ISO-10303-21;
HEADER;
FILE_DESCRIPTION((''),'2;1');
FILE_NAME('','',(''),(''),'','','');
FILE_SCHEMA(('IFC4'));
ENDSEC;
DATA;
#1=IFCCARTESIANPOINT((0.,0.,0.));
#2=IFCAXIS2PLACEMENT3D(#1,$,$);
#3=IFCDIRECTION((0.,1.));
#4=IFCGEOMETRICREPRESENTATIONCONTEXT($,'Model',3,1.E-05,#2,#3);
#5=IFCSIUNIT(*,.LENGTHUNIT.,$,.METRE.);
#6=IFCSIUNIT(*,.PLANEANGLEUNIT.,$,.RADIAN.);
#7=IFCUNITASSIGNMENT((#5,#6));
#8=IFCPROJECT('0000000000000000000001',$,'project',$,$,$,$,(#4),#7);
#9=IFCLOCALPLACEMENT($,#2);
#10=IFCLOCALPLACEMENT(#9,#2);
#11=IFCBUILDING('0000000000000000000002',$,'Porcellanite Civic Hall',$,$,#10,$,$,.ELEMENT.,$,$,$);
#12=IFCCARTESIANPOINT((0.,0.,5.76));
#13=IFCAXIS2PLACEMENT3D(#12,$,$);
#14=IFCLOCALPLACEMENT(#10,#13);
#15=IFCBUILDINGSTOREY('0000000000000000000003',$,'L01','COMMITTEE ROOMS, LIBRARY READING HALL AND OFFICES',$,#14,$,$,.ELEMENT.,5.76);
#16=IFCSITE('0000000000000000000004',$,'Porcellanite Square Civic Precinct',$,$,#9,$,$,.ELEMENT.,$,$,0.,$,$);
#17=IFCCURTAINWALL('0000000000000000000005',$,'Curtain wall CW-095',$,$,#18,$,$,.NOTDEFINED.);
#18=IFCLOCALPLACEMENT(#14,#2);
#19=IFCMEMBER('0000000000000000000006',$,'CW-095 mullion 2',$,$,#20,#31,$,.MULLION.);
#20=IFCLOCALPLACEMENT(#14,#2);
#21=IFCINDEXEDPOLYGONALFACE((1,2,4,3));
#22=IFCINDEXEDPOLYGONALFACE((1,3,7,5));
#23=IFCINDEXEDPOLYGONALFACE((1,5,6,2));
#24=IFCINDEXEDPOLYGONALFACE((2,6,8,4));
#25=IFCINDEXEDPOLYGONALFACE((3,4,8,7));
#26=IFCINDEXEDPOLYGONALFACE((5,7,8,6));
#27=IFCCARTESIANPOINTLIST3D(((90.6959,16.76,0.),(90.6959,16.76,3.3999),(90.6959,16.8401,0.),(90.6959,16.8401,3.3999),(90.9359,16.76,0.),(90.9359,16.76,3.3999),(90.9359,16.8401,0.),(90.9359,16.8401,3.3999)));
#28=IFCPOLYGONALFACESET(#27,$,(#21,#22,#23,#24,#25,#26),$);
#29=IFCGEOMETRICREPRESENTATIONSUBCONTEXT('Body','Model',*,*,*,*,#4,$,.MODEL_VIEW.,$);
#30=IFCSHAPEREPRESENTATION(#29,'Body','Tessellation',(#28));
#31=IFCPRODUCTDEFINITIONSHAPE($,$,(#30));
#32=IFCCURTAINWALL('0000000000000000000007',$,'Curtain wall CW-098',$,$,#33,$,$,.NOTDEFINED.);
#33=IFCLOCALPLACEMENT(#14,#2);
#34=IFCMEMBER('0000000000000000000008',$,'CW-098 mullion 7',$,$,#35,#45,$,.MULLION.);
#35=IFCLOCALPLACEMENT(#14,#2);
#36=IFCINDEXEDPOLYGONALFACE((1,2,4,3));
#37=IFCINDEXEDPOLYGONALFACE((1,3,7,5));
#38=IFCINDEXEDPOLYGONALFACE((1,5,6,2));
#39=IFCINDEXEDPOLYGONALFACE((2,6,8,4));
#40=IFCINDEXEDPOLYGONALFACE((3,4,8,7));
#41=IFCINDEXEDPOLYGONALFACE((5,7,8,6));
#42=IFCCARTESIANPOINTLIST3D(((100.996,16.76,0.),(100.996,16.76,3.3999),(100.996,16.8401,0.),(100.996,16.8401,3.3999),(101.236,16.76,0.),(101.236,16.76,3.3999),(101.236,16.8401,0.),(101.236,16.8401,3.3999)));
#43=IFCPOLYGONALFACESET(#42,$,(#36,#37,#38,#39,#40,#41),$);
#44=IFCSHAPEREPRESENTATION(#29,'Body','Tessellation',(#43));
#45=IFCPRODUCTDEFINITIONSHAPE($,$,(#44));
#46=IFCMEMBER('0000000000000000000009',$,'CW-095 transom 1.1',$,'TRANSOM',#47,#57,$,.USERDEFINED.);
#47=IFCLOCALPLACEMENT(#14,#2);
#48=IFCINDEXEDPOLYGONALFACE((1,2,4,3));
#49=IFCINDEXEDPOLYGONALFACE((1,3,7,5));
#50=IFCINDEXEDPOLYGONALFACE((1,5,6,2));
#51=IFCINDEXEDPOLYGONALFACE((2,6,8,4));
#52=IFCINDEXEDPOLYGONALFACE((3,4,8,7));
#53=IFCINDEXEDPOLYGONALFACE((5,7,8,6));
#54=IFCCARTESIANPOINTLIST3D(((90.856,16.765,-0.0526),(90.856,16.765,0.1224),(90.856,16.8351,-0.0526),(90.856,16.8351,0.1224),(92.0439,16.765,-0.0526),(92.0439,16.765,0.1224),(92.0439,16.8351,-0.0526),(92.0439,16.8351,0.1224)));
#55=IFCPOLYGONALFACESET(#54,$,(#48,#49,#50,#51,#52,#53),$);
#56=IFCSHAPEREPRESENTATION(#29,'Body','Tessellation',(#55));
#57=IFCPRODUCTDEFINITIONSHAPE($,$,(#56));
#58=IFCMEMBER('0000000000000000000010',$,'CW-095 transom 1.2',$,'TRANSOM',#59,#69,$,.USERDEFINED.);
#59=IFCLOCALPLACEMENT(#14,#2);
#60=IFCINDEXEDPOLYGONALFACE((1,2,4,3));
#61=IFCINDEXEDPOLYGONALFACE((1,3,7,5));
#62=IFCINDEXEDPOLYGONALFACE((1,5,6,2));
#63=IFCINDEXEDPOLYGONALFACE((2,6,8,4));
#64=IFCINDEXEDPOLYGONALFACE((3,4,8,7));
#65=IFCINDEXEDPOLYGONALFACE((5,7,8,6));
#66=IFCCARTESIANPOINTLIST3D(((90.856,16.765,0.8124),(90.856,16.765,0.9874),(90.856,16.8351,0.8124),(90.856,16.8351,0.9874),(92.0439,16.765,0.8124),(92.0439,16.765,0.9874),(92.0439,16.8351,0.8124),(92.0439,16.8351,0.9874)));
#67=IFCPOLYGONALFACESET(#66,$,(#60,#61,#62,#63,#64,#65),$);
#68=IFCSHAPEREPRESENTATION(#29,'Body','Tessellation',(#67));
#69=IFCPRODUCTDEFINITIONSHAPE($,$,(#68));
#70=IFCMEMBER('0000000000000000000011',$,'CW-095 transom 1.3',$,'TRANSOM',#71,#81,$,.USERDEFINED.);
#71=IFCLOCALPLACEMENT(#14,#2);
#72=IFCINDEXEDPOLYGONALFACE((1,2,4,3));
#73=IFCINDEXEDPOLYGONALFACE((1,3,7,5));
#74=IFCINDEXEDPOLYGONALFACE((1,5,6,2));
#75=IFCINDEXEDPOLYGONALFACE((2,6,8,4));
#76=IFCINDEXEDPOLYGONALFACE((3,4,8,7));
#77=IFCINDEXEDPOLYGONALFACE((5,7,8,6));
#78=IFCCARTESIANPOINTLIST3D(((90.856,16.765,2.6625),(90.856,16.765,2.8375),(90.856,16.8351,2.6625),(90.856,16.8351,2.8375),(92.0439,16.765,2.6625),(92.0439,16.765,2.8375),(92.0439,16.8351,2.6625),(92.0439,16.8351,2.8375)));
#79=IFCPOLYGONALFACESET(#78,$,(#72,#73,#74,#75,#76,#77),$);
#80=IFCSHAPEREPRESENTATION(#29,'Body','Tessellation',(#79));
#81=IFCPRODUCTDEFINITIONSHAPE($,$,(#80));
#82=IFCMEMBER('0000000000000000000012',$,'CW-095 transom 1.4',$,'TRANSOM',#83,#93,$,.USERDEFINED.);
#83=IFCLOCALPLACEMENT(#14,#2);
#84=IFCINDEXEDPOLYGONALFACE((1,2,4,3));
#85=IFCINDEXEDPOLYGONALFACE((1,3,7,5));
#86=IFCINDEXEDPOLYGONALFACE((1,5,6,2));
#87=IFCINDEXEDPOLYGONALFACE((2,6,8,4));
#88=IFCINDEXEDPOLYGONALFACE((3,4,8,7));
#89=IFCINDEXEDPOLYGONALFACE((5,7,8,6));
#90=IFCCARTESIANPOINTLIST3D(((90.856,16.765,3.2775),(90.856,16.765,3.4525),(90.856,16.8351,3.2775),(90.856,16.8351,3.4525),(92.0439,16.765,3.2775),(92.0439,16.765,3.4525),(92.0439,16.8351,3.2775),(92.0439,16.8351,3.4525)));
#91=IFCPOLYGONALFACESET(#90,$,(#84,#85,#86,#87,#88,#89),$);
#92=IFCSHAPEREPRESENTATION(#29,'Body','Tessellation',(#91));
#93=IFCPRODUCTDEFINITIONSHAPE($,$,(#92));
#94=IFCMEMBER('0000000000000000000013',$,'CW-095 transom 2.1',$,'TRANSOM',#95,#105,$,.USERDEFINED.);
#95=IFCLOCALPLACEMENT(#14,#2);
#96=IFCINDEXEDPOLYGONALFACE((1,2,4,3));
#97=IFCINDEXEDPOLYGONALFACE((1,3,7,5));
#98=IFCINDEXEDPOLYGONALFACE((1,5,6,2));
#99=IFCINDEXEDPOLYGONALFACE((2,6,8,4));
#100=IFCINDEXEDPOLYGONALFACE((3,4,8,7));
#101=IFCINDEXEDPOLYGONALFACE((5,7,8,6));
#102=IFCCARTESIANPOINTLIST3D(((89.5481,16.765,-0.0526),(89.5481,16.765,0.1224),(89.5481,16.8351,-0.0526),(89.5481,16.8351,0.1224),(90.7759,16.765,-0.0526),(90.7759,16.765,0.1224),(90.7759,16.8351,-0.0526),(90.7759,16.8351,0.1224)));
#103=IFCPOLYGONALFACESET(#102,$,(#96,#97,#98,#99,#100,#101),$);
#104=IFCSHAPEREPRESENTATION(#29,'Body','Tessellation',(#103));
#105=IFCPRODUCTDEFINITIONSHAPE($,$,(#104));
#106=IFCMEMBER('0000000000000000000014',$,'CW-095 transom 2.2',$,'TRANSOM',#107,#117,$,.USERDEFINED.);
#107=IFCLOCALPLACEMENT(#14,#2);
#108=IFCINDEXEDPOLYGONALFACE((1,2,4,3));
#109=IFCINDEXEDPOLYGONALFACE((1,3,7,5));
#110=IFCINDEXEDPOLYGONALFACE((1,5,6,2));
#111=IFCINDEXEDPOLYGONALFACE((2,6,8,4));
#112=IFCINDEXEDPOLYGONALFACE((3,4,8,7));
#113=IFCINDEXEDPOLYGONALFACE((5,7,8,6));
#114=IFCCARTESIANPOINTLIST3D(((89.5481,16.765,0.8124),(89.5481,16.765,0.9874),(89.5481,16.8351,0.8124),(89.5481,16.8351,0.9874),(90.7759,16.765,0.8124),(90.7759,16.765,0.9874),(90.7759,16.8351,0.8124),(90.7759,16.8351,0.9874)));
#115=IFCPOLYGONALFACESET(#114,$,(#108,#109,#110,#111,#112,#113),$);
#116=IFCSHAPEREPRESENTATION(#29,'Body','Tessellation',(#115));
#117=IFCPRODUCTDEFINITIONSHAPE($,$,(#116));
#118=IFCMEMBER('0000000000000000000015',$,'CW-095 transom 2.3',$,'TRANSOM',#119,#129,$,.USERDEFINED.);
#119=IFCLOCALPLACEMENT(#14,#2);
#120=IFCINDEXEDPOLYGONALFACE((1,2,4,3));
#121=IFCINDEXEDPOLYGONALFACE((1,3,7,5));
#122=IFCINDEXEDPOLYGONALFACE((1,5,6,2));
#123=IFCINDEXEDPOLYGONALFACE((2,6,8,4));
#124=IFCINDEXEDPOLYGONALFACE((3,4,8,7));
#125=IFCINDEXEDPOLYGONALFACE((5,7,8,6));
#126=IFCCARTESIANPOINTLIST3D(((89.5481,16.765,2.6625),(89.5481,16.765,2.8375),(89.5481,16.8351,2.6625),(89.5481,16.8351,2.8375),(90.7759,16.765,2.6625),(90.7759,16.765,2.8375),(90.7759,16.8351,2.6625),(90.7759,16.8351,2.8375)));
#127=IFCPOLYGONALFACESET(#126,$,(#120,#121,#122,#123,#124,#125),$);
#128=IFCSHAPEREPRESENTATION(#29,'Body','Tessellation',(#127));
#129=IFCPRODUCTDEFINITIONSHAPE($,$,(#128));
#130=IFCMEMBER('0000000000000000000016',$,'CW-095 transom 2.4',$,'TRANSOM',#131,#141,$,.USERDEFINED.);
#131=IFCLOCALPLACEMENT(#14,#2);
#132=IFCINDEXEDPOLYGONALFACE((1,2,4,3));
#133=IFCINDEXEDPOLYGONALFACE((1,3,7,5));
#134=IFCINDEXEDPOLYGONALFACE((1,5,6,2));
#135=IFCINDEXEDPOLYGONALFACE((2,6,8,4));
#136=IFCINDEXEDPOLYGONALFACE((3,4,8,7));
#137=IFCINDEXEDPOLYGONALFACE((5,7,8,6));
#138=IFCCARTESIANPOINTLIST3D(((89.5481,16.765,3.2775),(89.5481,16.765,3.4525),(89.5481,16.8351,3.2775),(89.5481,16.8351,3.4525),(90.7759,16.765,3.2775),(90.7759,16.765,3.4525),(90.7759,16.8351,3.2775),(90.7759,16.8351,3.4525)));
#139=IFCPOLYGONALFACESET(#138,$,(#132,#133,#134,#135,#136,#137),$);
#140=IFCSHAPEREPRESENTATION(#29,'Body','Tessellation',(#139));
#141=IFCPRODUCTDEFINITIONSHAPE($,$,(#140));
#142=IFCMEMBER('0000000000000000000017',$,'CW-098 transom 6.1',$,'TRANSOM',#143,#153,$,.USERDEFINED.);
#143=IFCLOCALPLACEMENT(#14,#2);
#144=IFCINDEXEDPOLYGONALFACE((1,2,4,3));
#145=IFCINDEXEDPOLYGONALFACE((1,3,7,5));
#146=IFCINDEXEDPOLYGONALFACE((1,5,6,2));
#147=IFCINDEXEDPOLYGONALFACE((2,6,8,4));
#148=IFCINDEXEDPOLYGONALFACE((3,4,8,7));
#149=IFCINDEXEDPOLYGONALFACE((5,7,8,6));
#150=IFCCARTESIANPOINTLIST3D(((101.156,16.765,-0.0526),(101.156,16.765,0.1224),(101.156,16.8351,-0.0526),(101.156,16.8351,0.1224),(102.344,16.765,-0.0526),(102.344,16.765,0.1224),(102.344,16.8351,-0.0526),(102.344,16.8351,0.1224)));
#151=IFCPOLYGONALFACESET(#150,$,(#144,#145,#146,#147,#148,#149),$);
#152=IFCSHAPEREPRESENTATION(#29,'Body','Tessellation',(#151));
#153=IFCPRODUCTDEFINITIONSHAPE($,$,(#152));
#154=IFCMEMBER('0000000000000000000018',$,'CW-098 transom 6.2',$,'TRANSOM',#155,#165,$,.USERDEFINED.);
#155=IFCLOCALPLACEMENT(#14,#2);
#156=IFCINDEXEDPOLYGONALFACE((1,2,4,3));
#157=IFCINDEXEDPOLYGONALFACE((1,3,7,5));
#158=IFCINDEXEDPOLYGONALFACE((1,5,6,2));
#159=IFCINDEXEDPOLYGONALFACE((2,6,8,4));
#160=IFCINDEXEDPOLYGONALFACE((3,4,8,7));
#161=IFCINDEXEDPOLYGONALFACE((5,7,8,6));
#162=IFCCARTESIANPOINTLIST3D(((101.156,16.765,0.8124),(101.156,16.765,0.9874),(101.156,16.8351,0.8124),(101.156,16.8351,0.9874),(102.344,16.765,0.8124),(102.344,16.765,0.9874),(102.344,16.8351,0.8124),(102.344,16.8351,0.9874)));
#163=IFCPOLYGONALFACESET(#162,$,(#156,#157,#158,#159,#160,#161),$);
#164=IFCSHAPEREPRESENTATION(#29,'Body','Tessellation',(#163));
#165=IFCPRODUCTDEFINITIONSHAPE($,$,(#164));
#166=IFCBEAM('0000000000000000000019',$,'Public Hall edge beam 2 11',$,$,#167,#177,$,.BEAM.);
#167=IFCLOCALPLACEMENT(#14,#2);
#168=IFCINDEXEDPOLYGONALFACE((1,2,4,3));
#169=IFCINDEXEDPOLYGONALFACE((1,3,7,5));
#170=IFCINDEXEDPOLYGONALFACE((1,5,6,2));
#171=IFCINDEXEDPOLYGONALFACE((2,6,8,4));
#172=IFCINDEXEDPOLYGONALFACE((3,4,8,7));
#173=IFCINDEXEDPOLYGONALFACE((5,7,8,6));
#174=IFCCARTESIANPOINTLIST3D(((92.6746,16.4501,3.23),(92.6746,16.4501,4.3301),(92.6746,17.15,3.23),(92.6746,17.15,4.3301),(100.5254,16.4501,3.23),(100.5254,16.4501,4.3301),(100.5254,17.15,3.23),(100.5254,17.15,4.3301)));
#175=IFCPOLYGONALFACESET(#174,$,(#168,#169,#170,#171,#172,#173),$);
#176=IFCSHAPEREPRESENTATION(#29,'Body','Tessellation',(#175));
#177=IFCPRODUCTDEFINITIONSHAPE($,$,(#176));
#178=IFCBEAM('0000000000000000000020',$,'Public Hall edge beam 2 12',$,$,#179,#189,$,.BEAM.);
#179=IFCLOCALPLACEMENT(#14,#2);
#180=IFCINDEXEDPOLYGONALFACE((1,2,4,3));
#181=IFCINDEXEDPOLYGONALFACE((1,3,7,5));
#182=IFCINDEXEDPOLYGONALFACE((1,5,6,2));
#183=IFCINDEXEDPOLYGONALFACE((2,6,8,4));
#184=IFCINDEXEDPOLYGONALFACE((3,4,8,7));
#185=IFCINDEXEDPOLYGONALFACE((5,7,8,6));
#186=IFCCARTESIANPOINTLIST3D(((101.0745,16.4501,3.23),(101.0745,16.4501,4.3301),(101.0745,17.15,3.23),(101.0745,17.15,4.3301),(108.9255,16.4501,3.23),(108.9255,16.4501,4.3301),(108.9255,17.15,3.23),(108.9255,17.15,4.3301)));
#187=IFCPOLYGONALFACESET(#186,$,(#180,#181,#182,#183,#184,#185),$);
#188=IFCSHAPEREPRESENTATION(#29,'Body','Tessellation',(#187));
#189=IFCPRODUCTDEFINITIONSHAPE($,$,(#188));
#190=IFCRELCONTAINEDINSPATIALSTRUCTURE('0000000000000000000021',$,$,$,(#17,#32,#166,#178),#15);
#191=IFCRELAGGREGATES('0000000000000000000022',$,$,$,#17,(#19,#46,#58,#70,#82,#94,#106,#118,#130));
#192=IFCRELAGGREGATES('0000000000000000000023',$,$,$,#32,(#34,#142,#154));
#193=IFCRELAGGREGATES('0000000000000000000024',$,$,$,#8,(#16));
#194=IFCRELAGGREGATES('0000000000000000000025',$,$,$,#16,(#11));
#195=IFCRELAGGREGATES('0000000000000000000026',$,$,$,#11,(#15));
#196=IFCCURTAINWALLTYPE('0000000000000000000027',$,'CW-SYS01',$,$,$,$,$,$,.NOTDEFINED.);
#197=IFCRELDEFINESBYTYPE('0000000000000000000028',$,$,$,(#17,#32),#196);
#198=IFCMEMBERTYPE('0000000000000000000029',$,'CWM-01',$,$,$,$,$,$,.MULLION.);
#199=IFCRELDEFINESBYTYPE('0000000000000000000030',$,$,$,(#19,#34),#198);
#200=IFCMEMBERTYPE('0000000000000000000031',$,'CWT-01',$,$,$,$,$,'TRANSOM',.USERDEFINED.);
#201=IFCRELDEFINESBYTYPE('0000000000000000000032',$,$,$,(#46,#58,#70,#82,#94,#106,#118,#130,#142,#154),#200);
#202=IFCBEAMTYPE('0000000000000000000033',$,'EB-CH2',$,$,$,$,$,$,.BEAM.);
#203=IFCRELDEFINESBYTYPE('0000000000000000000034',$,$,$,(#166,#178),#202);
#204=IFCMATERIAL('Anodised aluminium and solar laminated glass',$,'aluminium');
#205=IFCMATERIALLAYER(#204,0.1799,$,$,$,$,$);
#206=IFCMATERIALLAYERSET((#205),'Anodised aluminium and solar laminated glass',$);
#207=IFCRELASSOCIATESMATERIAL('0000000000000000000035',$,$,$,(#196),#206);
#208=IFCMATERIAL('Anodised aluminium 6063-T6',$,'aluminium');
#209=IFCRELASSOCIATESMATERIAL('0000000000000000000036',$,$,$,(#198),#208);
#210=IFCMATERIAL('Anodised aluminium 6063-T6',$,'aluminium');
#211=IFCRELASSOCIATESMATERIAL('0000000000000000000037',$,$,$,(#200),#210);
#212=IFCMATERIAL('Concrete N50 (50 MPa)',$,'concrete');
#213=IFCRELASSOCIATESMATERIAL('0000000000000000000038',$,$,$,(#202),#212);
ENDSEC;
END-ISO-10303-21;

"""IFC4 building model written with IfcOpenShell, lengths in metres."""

from ifc_helpers import new_model, si_unit, direction, frame, origin, origin_2d, place, context, subcontext, project, spatial, rectangle, extrude, material, layer, layer_set, material_profile, profile_set, type_object, element, aggregate, save


model = new_model("IFC4")

# Units and contexts
model_context = context("Model", 3, precision=1e-05, world=origin(), true_north=direction((0.0, 1.0)))
body_context = subcontext(model_context, "Body", "Model", "MODEL_VIEW")
ifc_project = project(units=[si_unit("LENGTHUNIT", "METRE"), si_unit("PLANEANGLEUNIT", "RADIAN")], contexts=[model_context])

# Site, building, storey
site_placement = place(None, origin())
site = spatial("IfcSite", under=ifc_project, at=site_placement, Name="Porcellanite Square Civic Precinct", CompositionType="ELEMENT", RefElevation=0.0)
building_placement = place(site_placement, origin())
building = spatial("IfcBuilding", under=site, at=building_placement, Name="Porcellanite Civic Hall", CompositionType="ELEMENT")
storey_placement = place(building_placement, frame((0.0, 0.0, 5.76)))
storey = spatial("IfcBuildingStorey", under=building, at=storey_placement, Name="L01", Description="COMMITTEE ROOMS, LIBRARY READING HALL AND OFFICES", CompositionType="ELEMENT", Elevation=5.76)

# Curtain wall, member
ifc_material_1 = material(Name="Anodised aluminium and solar laminated glass", Category="aluminium")
ifc_layer_1 = layer(ifc_material_1, 0.1799)
ifc_layer_set_1 = layer_set([ifc_layer_1], Name="Anodised aluminium and solar laminated glass")
curtain_wall_type = type_object("IfcCurtainWallType", Name="CW-SYS01", PredefinedType="NOTDEFINED", material=ifc_layer_set_1)
curtain_wall_1_placement = place(storey_placement, origin())
curtain_wall_1 = element("IfcCurtainWall", 1, at=curtain_wall_1_placement, inside=storey, type_object=curtain_wall_type, Name="Curtain wall CW-095", PredefinedType="NOTDEFINED")
ifc_material_2 = material(Name="Anodised aluminium 6063-T6", Category="aluminium")
ifc_material_profile_1 = material_profile(ifc_material_2, rectangle(XDim=0.0801, YDim=0.24, at=origin_2d()), Name="AL-80x240")
ifc_profile_set_1 = profile_set([ifc_material_profile_1], Name="Anodised aluminium 6063-T6")
member_type_1 = type_object("IfcMemberType", Name="CWM-01", PredefinedType="MULLION", material=ifc_profile_set_1)
member_1_placement = place(storey_placement, frame((90.8159, 16.8, 0.0), z_axis=(0.0, 0.0, 1.0), x_axis=(0.0, -1.0, 0.0)))
member_1 = element("IfcMember", 2, at=member_1_placement, type_object=member_type_1, Name="CW-095 mullion 2", PredefinedType="MULLION", context=body_context, shape_type="SweptSolid", body=[
    extrude(rectangle(XDim=0.0801, YDim=0.24, at=origin_2d()), origin(), (0.0, 0.0, 1.0), 3.3999),
])

# Curtain wall, member
curtain_wall_2_placement = place(storey_placement, origin())
curtain_wall_2 = element("IfcCurtainWall", 3, at=curtain_wall_2_placement, inside=storey, type_object=curtain_wall_type, Name="Curtain wall CW-098", PredefinedType="NOTDEFINED")
member_2_placement = place(storey_placement, frame((101.116, 16.8, 0.0), z_axis=(0.0, 0.0, 1.0), x_axis=(0.0, -1.0, 0.0)))
member_2 = element("IfcMember", 4, at=member_2_placement, type_object=member_type_1, Name="CW-098 mullion 7", PredefinedType="MULLION", context=body_context, shape_type="SweptSolid", body=[
    extrude(rectangle(XDim=0.0801, YDim=0.24, at=origin_2d()), origin(), (0.0, 0.0, 1.0), 3.3999),
])

# Members
ifc_material_3 = material(Name="Anodised aluminium 6063-T6", Category="aluminium")
ifc_material_profile_2 = material_profile(ifc_material_3, rectangle(XDim=0.0701, YDim=0.175, at=origin_2d()), Name="AL-70x175")
ifc_profile_set_2 = profile_set([ifc_material_profile_2], Name="Anodised aluminium 6063-T6")
member_type_2 = type_object("IfcMemberType", Name="CWT-01", ElementType="TRANSOM", PredefinedType="USERDEFINED", material=ifc_profile_set_2)
member_3_placement = place(storey_placement, frame((92.0439, 16.8, 0.0349), z_axis=(-1.0, 0.0, 0.0), x_axis=(0.0, -1.0, 0.0)))
member_3 = element("IfcMember", 5, at=member_3_placement, type_object=member_type_2, Name="CW-095 transom 1.1", ObjectType="TRANSOM", PredefinedType="USERDEFINED", context=body_context, shape_type="SweptSolid", body=[
    extrude(rectangle(XDim=0.0701, YDim=0.175, at=origin_2d()), origin(), (0.0, 0.0, 1.0), 1.188),
])
member_4_placement = place(storey_placement, frame((92.0439, 16.8, 0.8999), z_axis=(-1.0, 0.0, 0.0), x_axis=(0.0, -1.0, 0.0)))
member_4 = element("IfcMember", 6, at=member_4_placement, type_object=member_type_2, Name="CW-095 transom 1.2", ObjectType="TRANSOM", PredefinedType="USERDEFINED", context=body_context, shape_type="SweptSolid", body=[
    extrude(rectangle(XDim=0.0701, YDim=0.175, at=origin_2d()), origin(), (0.0, 0.0, 1.0), 1.188),
])
member_5_placement = place(storey_placement, frame((92.0439, 16.8, 2.75), z_axis=(-1.0, 0.0, 0.0), x_axis=(0.0, -1.0, 0.0)))
member_5 = element("IfcMember", 7, at=member_5_placement, type_object=member_type_2, Name="CW-095 transom 1.3", ObjectType="TRANSOM", PredefinedType="USERDEFINED", context=body_context, shape_type="SweptSolid", body=[
    extrude(rectangle(XDim=0.0701, YDim=0.175, at=origin_2d()), origin(), (0.0, 0.0, 1.0), 1.188),
])
member_6_placement = place(storey_placement, frame((92.0439, 16.8, 3.365), z_axis=(-1.0, 0.0, 0.0), x_axis=(0.0, -1.0, 0.0)))
member_6 = element("IfcMember", 8, at=member_6_placement, type_object=member_type_2, Name="CW-095 transom 1.4", ObjectType="TRANSOM", PredefinedType="USERDEFINED", context=body_context, shape_type="SweptSolid", body=[
    extrude(rectangle(XDim=0.0701, YDim=0.175, at=origin_2d()), origin(), (0.0, 0.0, 1.0), 1.188),
])
member_7_placement = place(storey_placement, frame((90.7759, 16.8, 0.0349), z_axis=(-1.0, 0.0, 0.0), x_axis=(0.0, -1.0, 0.0)))
member_7 = element("IfcMember", 9, at=member_7_placement, type_object=member_type_2, Name="CW-095 transom 2.1", ObjectType="TRANSOM", PredefinedType="USERDEFINED", context=body_context, shape_type="SweptSolid", body=[
    extrude(rectangle(XDim=0.0701, YDim=0.175, at=origin_2d()), origin(), (0.0, 0.0, 1.0), 1.2278),
])
member_8_placement = place(storey_placement, frame((90.7759, 16.8, 0.8999), z_axis=(-1.0, 0.0, 0.0), x_axis=(0.0, -1.0, 0.0)))
member_8 = element("IfcMember", 10, at=member_8_placement, type_object=member_type_2, Name="CW-095 transom 2.2", ObjectType="TRANSOM", PredefinedType="USERDEFINED", context=body_context, shape_type="SweptSolid", body=[
    extrude(rectangle(XDim=0.0701, YDim=0.175, at=origin_2d()), origin(), (0.0, 0.0, 1.0), 1.2278),
])
member_9_placement = place(storey_placement, frame((90.7759, 16.8, 2.75), z_axis=(-1.0, 0.0, 0.0), x_axis=(0.0, -1.0, 0.0)))
member_9 = element("IfcMember", 11, at=member_9_placement, type_object=member_type_2, Name="CW-095 transom 2.3", ObjectType="TRANSOM", PredefinedType="USERDEFINED", context=body_context, shape_type="SweptSolid", body=[
    extrude(rectangle(XDim=0.0701, YDim=0.175, at=origin_2d()), origin(), (0.0, 0.0, 1.0), 1.2278),
])
member_10_placement = place(storey_placement, frame((90.7759, 16.8, 3.365), z_axis=(-1.0, 0.0, 0.0), x_axis=(0.0, -1.0, 0.0)))
member_10 = element("IfcMember", 12, at=member_10_placement, type_object=member_type_2, Name="CW-095 transom 2.4", ObjectType="TRANSOM", PredefinedType="USERDEFINED", context=body_context, shape_type="SweptSolid", body=[
    extrude(rectangle(XDim=0.0701, YDim=0.175, at=origin_2d()), origin(), (0.0, 0.0, 1.0), 1.2278),
])
member_11_placement = place(storey_placement, frame((102.344, 16.8, 0.0349), z_axis=(-1.0, 0.0, 0.0), x_axis=(0.0, -1.0, 0.0)))
member_11 = element("IfcMember", 13, at=member_11_placement, type_object=member_type_2, Name="CW-098 transom 6.1", ObjectType="TRANSOM", PredefinedType="USERDEFINED", context=body_context, shape_type="SweptSolid", body=[
    extrude(rectangle(XDim=0.0701, YDim=0.175, at=origin_2d()), origin(), (0.0, 0.0, 1.0), 1.188),
])
member_12_placement = place(storey_placement, frame((102.344, 16.8, 0.8999), z_axis=(-1.0, 0.0, 0.0), x_axis=(0.0, -1.0, 0.0)))
member_12 = element("IfcMember", 14, at=member_12_placement, type_object=member_type_2, Name="CW-098 transom 6.2", ObjectType="TRANSOM", PredefinedType="USERDEFINED", context=body_context, shape_type="SweptSolid", body=[
    extrude(rectangle(XDim=0.0701, YDim=0.175, at=origin_2d()), origin(), (0.0, 0.0, 1.0), 1.188),
])

# Beams
ifc_material_4 = material(Name="Concrete N50 (50 MPa)", Category="concrete")
ifc_material_profile_3 = material_profile(ifc_material_4, rectangle(XDim=0.7, YDim=1.1001, at=origin_2d()), Name="RC-700x1100")
ifc_profile_set_3 = profile_set([ifc_material_profile_3], Name="Concrete N50 (50 MPa)")
beam_type_1 = type_object("IfcBeamType", Name="EB-CH2", PredefinedType="BEAM", material=ifc_profile_set_3)
beam_1_placement = place(storey_placement, frame((92.6746, 16.8, 3.78), z_axis=(1.0, 0.0, 0.0), x_axis=(0.0, 1.0, 0.0)))
element("IfcBeam", 15, at=beam_1_placement, inside=storey, type_object=beam_type_1, Name="Public Hall edge beam 2 11", PredefinedType="BEAM", context=body_context, shape_type="SweptSolid", body=[
    extrude(rectangle(XDim=0.7, YDim=1.1001, at=origin_2d()), origin(), (0.0, 0.0, 1.0), 7.8508),
])
beam_2_placement = place(storey_placement, frame((101.0745, 16.8, 3.78), z_axis=(1.0, 0.0, 0.0), x_axis=(0.0, 1.0, 0.0)))
element("IfcBeam", 16, at=beam_2_placement, inside=storey, type_object=beam_type_1, Name="Public Hall edge beam 2 12", PredefinedType="BEAM", context=body_context, shape_type="SweptSolid", body=[
    extrude(rectangle(XDim=0.7, YDim=1.1001, at=origin_2d()), origin(), (0.0, 0.0, 1.0), 7.8511),
])

aggregate(curtain_wall_1, [member_1, member_3, member_4, member_5, member_6, member_7, member_8, member_9, member_10])
aggregate(curtain_wall_2, [member_2, member_11, member_12])

save(model, "model.ifc")
